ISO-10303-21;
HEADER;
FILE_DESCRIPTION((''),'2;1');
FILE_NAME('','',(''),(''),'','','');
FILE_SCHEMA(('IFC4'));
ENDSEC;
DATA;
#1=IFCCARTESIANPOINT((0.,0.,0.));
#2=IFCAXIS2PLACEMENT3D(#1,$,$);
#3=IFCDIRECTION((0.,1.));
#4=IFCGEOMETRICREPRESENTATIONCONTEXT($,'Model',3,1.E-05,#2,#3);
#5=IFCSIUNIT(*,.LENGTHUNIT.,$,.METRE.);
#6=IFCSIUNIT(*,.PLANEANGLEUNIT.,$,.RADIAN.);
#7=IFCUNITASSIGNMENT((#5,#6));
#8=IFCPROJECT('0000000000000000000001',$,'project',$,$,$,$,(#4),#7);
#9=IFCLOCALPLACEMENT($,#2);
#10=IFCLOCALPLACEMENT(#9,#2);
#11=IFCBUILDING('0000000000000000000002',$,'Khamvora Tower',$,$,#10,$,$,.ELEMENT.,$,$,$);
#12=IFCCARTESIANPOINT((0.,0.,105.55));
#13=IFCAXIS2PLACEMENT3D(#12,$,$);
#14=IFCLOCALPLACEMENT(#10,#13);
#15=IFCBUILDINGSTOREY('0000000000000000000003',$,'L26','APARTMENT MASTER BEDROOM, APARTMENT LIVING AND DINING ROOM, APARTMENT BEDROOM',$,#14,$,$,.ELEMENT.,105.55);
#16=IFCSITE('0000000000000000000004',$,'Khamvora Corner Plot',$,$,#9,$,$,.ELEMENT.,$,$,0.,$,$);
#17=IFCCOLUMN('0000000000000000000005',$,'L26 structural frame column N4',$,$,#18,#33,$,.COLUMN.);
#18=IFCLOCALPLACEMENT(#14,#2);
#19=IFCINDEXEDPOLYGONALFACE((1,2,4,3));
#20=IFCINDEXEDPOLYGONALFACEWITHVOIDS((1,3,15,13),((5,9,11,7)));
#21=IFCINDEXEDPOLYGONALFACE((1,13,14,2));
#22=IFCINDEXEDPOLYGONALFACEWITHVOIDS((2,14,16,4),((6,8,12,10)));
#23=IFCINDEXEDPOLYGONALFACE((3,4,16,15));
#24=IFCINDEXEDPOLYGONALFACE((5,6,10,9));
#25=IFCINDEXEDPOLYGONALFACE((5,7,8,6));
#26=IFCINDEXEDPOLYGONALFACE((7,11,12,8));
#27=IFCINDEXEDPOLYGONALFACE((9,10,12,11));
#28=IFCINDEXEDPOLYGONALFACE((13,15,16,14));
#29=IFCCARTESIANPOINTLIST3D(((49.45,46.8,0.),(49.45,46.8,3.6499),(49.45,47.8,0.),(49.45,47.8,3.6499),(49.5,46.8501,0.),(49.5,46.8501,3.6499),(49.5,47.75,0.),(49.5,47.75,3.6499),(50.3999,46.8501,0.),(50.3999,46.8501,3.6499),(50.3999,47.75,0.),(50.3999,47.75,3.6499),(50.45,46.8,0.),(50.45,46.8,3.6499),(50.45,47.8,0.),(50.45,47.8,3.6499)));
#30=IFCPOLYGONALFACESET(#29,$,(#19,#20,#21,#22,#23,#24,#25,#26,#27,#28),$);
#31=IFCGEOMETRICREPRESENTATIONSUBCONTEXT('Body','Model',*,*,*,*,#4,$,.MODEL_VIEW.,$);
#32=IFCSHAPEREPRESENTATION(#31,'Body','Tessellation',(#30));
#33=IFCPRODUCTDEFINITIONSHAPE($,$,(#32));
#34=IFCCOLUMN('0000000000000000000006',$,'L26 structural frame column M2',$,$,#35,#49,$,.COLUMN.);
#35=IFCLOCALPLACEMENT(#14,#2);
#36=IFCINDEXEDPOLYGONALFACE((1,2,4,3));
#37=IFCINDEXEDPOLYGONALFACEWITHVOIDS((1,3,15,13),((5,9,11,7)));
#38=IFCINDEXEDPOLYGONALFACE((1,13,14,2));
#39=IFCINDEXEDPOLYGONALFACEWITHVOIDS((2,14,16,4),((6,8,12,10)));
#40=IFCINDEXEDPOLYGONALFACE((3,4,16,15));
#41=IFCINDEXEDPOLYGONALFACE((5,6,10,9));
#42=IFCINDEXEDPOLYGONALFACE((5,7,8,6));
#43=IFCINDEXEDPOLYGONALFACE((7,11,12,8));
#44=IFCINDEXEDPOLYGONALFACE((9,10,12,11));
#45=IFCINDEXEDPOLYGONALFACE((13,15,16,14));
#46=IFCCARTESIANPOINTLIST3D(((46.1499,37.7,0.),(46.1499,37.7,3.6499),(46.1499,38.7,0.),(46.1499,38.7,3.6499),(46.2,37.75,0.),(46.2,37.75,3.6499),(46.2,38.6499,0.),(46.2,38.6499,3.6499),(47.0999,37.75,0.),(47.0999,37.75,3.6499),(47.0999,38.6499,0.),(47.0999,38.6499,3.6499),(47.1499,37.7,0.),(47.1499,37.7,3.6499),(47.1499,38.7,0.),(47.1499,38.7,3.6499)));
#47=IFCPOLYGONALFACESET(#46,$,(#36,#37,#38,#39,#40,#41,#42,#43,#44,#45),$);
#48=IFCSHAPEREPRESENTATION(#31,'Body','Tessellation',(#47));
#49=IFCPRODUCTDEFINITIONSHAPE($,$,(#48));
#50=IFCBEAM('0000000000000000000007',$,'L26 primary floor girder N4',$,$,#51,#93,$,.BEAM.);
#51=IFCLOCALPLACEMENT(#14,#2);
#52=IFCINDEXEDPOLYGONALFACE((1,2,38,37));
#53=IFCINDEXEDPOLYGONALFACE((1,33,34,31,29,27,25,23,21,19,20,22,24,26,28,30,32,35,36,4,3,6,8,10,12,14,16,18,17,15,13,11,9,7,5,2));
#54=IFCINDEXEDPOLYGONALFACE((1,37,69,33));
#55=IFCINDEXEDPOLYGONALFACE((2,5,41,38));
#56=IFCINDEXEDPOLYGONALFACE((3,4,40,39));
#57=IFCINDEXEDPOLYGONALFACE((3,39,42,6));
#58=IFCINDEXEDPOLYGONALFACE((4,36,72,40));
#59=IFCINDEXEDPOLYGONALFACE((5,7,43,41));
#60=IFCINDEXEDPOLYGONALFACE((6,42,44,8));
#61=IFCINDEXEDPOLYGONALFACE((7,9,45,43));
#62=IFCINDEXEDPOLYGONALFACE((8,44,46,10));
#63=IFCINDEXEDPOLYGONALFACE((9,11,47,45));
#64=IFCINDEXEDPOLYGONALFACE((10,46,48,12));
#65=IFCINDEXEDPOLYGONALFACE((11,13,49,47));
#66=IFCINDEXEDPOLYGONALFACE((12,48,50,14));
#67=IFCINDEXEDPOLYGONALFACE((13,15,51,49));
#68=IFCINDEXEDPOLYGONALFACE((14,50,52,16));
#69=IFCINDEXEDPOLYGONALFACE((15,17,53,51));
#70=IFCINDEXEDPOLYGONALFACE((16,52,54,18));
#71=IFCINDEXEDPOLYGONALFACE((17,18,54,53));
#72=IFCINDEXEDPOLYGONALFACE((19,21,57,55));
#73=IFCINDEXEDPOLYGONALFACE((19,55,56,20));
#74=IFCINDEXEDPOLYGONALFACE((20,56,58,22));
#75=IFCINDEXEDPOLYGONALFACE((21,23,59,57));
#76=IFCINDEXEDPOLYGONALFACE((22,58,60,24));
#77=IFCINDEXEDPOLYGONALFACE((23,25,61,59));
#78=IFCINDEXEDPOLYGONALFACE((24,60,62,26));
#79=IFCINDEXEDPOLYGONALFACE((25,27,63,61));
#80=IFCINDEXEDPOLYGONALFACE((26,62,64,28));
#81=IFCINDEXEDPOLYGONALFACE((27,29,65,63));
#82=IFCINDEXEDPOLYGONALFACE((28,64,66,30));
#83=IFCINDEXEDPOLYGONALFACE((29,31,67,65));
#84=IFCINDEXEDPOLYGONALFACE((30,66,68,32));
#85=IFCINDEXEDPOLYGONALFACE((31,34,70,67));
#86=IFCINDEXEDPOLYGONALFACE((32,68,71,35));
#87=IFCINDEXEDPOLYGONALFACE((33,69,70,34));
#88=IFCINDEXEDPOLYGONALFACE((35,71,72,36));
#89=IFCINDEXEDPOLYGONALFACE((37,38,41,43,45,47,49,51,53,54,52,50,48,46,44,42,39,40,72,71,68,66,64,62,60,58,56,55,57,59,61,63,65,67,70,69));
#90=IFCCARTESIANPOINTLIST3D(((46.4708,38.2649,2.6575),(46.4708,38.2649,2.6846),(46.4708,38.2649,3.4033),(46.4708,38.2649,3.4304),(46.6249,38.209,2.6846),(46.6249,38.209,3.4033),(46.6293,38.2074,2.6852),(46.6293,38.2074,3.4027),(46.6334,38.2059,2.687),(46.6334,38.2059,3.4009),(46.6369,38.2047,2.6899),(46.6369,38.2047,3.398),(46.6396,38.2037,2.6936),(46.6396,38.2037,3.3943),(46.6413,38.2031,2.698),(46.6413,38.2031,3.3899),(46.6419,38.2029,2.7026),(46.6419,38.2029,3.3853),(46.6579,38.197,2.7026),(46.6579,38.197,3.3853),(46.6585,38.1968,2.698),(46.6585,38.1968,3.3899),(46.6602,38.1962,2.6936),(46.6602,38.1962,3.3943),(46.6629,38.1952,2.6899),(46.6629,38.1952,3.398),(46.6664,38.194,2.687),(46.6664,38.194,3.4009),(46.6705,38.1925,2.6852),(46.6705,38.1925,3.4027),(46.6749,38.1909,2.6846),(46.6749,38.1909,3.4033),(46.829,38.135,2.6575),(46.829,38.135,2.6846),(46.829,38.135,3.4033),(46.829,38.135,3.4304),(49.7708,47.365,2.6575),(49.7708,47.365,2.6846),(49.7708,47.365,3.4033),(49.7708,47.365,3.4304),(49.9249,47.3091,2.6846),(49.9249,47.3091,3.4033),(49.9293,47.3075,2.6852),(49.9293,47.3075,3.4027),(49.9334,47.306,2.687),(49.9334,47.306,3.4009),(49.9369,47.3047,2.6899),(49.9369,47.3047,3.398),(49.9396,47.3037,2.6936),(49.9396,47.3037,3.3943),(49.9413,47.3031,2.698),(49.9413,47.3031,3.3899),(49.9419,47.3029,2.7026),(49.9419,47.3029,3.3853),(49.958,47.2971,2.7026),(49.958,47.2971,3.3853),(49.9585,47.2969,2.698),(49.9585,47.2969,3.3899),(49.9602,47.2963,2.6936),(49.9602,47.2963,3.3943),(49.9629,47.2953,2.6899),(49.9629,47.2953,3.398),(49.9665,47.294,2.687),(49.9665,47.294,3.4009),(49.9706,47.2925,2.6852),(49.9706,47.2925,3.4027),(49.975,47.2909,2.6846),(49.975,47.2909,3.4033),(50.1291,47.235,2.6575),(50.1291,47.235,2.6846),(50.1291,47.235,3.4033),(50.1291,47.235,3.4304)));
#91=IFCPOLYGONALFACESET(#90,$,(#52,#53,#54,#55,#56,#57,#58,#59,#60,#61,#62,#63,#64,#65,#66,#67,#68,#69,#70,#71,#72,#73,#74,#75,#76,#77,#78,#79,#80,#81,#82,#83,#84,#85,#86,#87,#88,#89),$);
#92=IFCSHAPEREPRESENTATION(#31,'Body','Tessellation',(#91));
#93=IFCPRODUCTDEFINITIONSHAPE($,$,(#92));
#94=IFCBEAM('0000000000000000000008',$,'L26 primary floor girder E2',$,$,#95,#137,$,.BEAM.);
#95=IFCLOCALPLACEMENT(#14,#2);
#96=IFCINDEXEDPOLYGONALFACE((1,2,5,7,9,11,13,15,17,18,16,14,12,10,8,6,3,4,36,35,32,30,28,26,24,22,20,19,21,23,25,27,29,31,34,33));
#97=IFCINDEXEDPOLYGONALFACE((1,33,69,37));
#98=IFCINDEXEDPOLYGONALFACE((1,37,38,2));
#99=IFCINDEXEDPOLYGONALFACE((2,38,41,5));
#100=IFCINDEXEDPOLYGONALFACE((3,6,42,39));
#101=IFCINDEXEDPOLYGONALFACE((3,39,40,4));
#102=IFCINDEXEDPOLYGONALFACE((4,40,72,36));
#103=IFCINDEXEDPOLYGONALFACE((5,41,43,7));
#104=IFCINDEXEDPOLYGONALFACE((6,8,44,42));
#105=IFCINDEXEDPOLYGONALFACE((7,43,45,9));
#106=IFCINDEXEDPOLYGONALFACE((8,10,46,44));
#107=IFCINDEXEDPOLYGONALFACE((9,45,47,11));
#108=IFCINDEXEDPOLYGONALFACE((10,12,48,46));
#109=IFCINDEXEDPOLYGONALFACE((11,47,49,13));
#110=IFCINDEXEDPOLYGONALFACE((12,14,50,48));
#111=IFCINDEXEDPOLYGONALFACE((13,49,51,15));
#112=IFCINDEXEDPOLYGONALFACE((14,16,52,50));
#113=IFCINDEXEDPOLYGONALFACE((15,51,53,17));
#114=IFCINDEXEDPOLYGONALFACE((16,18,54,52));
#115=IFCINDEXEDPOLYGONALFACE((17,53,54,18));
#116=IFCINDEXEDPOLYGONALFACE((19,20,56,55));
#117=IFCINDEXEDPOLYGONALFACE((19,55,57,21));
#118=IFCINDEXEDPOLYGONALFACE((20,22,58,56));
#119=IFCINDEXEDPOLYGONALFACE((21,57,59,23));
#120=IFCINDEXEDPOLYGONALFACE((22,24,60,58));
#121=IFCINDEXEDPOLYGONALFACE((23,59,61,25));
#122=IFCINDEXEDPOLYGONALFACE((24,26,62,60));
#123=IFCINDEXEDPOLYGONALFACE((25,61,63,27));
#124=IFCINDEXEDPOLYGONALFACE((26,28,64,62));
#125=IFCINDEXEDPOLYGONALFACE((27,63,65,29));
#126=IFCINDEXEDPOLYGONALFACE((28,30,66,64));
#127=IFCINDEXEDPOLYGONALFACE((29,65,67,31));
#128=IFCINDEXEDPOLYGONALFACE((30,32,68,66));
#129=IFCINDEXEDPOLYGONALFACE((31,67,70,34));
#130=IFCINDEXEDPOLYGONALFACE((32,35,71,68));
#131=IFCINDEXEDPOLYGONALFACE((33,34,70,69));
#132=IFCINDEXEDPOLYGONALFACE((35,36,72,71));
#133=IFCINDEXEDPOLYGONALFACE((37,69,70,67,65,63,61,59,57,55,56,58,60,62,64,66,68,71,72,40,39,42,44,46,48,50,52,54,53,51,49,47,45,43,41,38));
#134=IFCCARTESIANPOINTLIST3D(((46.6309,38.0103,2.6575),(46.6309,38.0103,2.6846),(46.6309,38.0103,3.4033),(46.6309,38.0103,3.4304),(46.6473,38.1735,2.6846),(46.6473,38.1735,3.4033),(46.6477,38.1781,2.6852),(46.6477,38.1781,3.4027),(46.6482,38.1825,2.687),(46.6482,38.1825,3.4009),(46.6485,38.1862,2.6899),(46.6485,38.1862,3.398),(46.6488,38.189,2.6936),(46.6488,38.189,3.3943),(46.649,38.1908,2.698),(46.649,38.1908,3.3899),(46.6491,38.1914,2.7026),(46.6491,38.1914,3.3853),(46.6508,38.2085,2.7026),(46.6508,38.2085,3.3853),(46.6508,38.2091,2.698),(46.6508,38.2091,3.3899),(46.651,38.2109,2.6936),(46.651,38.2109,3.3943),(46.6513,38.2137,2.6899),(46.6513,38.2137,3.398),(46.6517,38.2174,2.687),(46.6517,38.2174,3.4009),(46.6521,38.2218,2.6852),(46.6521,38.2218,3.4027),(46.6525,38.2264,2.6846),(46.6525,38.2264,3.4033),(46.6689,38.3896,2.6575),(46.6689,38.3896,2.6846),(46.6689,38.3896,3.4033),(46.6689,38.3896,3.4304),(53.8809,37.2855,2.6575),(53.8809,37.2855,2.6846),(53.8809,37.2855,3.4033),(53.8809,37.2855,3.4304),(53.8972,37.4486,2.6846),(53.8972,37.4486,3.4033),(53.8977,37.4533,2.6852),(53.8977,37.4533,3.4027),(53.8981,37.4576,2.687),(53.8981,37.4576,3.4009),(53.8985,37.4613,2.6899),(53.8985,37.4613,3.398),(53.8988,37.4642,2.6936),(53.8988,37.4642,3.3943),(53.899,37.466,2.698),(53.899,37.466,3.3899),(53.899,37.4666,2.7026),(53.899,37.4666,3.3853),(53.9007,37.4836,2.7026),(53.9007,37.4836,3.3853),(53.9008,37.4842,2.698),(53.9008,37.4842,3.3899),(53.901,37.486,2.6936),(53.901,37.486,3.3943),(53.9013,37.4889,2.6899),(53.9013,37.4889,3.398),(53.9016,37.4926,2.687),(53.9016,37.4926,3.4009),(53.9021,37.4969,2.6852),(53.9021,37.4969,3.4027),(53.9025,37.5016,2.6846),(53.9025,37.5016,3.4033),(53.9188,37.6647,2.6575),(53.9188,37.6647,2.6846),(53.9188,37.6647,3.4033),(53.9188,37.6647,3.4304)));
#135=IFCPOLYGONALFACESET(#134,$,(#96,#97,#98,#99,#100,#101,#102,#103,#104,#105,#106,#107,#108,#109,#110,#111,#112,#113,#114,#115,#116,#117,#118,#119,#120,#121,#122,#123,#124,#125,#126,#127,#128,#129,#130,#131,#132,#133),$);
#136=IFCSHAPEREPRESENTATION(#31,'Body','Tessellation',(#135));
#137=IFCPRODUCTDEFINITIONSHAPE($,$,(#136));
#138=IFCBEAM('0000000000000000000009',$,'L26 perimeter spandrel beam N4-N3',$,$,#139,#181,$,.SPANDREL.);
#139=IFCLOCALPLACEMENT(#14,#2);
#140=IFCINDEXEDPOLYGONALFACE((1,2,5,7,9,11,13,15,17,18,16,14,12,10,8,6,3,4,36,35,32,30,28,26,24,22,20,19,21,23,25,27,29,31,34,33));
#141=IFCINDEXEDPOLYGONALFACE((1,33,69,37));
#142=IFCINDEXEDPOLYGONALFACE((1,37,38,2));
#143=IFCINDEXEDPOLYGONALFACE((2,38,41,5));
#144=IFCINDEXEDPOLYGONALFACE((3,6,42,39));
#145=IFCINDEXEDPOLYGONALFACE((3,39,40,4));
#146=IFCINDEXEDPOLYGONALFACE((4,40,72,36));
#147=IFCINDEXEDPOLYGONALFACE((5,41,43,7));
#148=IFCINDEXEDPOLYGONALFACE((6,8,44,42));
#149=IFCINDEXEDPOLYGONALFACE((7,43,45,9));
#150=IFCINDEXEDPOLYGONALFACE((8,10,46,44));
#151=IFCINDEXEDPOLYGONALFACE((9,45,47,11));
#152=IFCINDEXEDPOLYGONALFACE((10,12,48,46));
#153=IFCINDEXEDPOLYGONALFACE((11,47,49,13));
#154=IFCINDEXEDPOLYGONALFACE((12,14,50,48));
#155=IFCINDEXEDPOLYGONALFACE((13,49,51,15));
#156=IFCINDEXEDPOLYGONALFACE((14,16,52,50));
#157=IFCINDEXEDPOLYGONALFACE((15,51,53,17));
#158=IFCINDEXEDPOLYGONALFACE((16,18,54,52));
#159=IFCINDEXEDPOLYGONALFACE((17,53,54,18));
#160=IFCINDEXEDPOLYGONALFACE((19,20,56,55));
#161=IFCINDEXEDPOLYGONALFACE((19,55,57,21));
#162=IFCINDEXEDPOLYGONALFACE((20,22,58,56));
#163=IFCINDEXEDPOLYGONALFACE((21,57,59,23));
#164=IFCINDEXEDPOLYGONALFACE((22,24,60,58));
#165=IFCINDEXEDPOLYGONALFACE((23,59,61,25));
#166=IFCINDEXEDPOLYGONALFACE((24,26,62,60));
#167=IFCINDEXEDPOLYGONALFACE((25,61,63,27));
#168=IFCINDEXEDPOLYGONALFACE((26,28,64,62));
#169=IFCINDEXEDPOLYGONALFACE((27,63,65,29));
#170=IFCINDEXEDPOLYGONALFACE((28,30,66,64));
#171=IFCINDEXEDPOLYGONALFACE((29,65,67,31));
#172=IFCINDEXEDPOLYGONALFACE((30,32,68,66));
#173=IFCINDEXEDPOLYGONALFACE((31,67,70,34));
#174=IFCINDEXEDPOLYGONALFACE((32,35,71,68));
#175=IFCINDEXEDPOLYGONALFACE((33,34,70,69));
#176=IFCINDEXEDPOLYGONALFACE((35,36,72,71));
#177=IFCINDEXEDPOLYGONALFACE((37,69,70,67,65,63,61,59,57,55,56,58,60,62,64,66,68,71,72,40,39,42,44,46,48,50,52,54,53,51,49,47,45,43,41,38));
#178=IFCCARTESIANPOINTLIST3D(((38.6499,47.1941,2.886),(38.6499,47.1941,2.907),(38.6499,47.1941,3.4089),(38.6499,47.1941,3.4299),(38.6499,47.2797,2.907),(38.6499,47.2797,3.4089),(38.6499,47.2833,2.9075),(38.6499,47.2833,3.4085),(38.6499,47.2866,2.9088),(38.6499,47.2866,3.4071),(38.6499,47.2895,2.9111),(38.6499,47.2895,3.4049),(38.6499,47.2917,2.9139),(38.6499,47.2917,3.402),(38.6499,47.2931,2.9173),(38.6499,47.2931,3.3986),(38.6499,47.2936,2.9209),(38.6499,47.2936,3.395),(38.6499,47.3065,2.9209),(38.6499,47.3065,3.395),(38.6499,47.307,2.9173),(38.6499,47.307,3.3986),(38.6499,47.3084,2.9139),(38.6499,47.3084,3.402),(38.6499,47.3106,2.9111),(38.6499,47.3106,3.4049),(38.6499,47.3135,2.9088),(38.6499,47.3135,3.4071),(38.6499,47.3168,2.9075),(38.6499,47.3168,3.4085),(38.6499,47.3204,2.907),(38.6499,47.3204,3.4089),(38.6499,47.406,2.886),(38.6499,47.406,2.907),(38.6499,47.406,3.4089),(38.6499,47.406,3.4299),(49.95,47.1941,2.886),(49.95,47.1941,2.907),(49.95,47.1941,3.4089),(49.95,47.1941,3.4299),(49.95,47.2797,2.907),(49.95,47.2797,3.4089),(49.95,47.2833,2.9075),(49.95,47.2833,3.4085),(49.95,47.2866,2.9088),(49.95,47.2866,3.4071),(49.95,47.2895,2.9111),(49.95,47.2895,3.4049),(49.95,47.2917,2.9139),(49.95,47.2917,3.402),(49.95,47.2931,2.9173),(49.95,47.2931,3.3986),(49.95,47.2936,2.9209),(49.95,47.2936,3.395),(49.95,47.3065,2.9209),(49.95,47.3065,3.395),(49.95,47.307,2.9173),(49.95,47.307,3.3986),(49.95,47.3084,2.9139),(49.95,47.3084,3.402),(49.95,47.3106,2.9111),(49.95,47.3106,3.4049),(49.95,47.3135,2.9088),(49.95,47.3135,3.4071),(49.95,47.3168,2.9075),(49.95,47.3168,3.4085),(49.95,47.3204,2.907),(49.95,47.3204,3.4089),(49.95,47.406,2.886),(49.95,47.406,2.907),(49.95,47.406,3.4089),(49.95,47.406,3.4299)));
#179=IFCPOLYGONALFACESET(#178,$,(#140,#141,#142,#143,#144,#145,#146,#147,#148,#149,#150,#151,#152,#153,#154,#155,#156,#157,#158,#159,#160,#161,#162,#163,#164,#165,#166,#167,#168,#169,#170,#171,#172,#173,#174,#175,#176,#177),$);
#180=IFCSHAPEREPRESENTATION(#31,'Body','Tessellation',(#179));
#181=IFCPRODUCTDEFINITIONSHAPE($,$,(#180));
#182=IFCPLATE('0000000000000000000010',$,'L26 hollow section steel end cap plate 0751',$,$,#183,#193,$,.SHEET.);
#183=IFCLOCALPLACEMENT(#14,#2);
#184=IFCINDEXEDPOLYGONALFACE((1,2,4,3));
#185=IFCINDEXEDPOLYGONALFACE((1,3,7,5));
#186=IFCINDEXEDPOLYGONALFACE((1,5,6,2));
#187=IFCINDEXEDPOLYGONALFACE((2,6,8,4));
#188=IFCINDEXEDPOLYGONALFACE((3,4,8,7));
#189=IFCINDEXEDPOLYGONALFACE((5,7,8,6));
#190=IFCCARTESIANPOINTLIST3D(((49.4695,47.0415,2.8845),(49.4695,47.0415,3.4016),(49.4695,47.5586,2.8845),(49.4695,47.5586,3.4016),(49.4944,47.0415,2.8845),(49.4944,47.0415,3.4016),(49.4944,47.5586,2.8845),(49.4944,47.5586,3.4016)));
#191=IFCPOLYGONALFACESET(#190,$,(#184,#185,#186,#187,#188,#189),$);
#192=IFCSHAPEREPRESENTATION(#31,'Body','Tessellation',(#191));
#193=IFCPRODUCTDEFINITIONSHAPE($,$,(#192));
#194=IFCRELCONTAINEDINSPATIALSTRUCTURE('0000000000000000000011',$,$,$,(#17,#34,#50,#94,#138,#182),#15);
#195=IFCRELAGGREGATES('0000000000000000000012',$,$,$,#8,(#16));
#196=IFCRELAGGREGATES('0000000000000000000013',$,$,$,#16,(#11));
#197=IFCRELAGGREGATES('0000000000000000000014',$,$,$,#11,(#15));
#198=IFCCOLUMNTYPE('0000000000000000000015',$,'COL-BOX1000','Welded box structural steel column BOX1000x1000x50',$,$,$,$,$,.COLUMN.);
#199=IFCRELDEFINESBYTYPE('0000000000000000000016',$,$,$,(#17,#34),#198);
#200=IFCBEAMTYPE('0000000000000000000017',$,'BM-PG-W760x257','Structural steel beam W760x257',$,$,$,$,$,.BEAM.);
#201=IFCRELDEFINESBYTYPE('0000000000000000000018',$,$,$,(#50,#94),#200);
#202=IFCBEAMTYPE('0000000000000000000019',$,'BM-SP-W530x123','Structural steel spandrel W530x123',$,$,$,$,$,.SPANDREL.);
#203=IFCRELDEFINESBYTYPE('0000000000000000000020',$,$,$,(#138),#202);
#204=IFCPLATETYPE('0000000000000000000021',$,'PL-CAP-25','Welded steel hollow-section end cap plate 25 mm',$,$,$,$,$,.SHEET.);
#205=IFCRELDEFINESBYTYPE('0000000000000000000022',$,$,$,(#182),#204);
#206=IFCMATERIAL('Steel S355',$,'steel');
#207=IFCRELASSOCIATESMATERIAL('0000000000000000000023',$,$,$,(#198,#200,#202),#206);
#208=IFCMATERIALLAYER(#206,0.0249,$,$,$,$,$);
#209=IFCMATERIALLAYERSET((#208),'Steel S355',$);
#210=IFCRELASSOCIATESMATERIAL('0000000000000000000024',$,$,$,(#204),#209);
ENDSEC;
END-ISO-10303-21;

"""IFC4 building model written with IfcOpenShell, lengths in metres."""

from ifc_helpers import new_model, si_unit, direction, frame, origin, origin_2d, place, context, subcontext, project, spatial, rectangle, hollow_rectangle, i_section, extrude, material, layer, layer_set, material_profile, profile_set, type_object, element, save


model = new_model("IFC4")

# Units and contexts
model_context = context("Model", 3, precision=1e-05, world=origin(), true_north=direction((0.0, 1.0)))
body_context = subcontext(model_context, "Body", "Model", "MODEL_VIEW")
ifc_project = project(units=[si_unit("LENGTHUNIT", "METRE"), si_unit("PLANEANGLEUNIT", "RADIAN")], contexts=[model_context])

# Site, building, storey
site_placement = place(None, origin())
site = spatial("IfcSite", under=ifc_project, at=site_placement, Name="Khamvora Corner Plot", CompositionType="ELEMENT", RefElevation=0.0)
building_placement = place(site_placement, origin())
building = spatial("IfcBuilding", under=site, at=building_placement, Name="Khamvora Tower", CompositionType="ELEMENT")
storey_placement = place(building_placement, frame((0.0, 0.0, 105.55)))
storey = spatial("IfcBuildingStorey", under=building, at=storey_placement, Name="L26", Description="APARTMENT MASTER BEDROOM, APARTMENT LIVING AND DINING ROOM, APARTMENT BEDROOM", CompositionType="ELEMENT", Elevation=105.55)

# Columns
ifc_material_1 = material(Name="Steel S355", Category="steel")
ifc_material_profile_1 = material_profile(ifc_material_1, hollow_rectangle(XDim=1.0, YDim=1.0, WallThickness=0.05, at=origin_2d()), Name="BOX1000x1000x50")
ifc_profile_set_1 = profile_set([ifc_material_profile_1], Name="Steel S355")
column_type = type_object("IfcColumnType", Name="COL-BOX1000", Description="Welded box structural steel column BOX1000x1000x50", PredefinedType="COLUMN", material=ifc_profile_set_1)
for number, where, z_axis, x_axis, name in (
    (1, (49.95, 47.3, 0.0), (0.0, 0.0, 1.0), (1.0, 0.0, 0.0), "L26 structural frame column N4"),
    (2, (46.6499, 38.2, 0.0), (0.0, 0.0, 1.0), (1.0, 0.0, 0.0), "L26 structural frame column M2"),
):
    element("IfcColumn", number, at=place(storey_placement, frame(where, z_axis=z_axis, x_axis=x_axis)), inside=storey, type_object=column_type, Name=name, PredefinedType="COLUMN", context=body_context, shape_type="SweptSolid", body=[
        extrude(hollow_rectangle(XDim=1.0, YDim=1.0, WallThickness=0.05, at=origin_2d()), origin(), (0.0, 0.0, 1.0), 3.6499),
    ])

# Beams
ifc_material_profile_2 = material_profile(ifc_material_1, i_section(OverallWidth=0.3811, OverallDepth=0.7729, WebThickness=0.0171, FlangeThickness=0.0271, FilletRadius=0.0181, at=origin_2d()), Name="W760x257")
ifc_profile_set_2 = profile_set([ifc_material_profile_2], Name="Steel S355")
beam_type_1 = type_object("IfcBeamType", Name="BM-PG-W760x257", Description="Structural steel beam W760x257", PredefinedType="BEAM", material=ifc_profile_set_2)
beam_1_placement = place(storey_placement, frame((46.6499, 38.2, 3.0439), z_axis=(0.340915, 0.940094, 0.0), x_axis=(-0.940094, 0.340915, 0.0)))
element("IfcBeam", 3, at=beam_1_placement, inside=storey, type_object=beam_type_1, Name="L26 primary floor girder N4", PredefinedType="BEAM", context=body_context, shape_type="SweptSolid", body=[
    extrude(i_section(OverallWidth=0.3811, OverallDepth=0.7729, WebThickness=0.0171, FlangeThickness=0.0271, FilletRadius=0.0181, at=origin_2d()), origin(), (0.0, 0.0, 1.0), 9.6799),
])
beam_2_placement = place(storey_placement, frame((46.6499, 38.2, 3.0439), z_axis=(0.995039, -0.099484, 0.0), x_axis=(0.099484, 0.995039, 0.0)))
element("IfcBeam", 4, at=beam_2_placement, inside=storey, type_object=beam_type_1, Name="L26 primary floor girder E2", PredefinedType="BEAM", context=body_context, shape_type="SweptSolid", body=[
    extrude(i_section(OverallWidth=0.3811, OverallDepth=0.7729, WebThickness=0.0171, FlangeThickness=0.0271, FilletRadius=0.0181, at=origin_2d()), origin(), (0.0, 0.0, 1.0), 7.2861),
])
ifc_material_profile_3 = material_profile(ifc_material_1, i_section(OverallWidth=0.2119, OverallDepth=0.5439, WebThickness=0.0129, FlangeThickness=0.021, FilletRadius=0.0139, at=origin_2d()), Name="W530x123")
ifc_profile_set_3 = profile_set([ifc_material_profile_3], Name="Steel S355")
beam_type_2 = type_object("IfcBeamType", Name="BM-SP-W530x123", Description="Structural steel spandrel W530x123", PredefinedType="SPANDREL", material=ifc_profile_set_3)
beam_3_placement = place(storey_placement, frame((49.95, 47.3, 3.158), z_axis=(-1.0, 0.0, 0.0), x_axis=(0.0, -1.0, 0.0)))
element("IfcBeam", 5, at=beam_3_placement, inside=storey, type_object=beam_type_2, Name="L26 perimeter spandrel beam N4-N3", PredefinedType="SPANDREL", context=body_context, shape_type="SweptSolid", body=[
    extrude(i_section(OverallWidth=0.2119, OverallDepth=0.5439, WebThickness=0.0129, FlangeThickness=0.021, FilletRadius=0.0139, at=origin_2d()), origin(), (0.0, 0.0, 1.0), 11.3),
])

# Plate
ifc_layer_1 = layer(ifc_material_1, 0.0249)
ifc_layer_set_1 = layer_set([ifc_layer_1], Name="Steel S355")
plate_type_1 = type_object("IfcPlateType", Name="PL-CAP-25", Description="Welded steel hollow-section end cap plate 25 mm", PredefinedType="SHEET", material=ifc_layer_set_1)
plate_1_placement = place(storey_placement, frame((49.4819, 47.3, 2.8845), z_axis=(0.0, 0.0, 1.0), x_axis=(1.0, 0.0, 0.0)))
element("IfcPlate", 6, at=plate_1_placement, inside=storey, type_object=plate_type_1, Name="L26 hollow section steel end cap plate 0751", PredefinedType="SHEET", context=body_context, shape_type="SweptSolid", body=[
    extrude(rectangle(XDim=0.0249, YDim=0.5171, at=origin_2d()), origin(), (0.0, 0.0, 1.0), 0.5171),
])

save(model, "model.ifc")
